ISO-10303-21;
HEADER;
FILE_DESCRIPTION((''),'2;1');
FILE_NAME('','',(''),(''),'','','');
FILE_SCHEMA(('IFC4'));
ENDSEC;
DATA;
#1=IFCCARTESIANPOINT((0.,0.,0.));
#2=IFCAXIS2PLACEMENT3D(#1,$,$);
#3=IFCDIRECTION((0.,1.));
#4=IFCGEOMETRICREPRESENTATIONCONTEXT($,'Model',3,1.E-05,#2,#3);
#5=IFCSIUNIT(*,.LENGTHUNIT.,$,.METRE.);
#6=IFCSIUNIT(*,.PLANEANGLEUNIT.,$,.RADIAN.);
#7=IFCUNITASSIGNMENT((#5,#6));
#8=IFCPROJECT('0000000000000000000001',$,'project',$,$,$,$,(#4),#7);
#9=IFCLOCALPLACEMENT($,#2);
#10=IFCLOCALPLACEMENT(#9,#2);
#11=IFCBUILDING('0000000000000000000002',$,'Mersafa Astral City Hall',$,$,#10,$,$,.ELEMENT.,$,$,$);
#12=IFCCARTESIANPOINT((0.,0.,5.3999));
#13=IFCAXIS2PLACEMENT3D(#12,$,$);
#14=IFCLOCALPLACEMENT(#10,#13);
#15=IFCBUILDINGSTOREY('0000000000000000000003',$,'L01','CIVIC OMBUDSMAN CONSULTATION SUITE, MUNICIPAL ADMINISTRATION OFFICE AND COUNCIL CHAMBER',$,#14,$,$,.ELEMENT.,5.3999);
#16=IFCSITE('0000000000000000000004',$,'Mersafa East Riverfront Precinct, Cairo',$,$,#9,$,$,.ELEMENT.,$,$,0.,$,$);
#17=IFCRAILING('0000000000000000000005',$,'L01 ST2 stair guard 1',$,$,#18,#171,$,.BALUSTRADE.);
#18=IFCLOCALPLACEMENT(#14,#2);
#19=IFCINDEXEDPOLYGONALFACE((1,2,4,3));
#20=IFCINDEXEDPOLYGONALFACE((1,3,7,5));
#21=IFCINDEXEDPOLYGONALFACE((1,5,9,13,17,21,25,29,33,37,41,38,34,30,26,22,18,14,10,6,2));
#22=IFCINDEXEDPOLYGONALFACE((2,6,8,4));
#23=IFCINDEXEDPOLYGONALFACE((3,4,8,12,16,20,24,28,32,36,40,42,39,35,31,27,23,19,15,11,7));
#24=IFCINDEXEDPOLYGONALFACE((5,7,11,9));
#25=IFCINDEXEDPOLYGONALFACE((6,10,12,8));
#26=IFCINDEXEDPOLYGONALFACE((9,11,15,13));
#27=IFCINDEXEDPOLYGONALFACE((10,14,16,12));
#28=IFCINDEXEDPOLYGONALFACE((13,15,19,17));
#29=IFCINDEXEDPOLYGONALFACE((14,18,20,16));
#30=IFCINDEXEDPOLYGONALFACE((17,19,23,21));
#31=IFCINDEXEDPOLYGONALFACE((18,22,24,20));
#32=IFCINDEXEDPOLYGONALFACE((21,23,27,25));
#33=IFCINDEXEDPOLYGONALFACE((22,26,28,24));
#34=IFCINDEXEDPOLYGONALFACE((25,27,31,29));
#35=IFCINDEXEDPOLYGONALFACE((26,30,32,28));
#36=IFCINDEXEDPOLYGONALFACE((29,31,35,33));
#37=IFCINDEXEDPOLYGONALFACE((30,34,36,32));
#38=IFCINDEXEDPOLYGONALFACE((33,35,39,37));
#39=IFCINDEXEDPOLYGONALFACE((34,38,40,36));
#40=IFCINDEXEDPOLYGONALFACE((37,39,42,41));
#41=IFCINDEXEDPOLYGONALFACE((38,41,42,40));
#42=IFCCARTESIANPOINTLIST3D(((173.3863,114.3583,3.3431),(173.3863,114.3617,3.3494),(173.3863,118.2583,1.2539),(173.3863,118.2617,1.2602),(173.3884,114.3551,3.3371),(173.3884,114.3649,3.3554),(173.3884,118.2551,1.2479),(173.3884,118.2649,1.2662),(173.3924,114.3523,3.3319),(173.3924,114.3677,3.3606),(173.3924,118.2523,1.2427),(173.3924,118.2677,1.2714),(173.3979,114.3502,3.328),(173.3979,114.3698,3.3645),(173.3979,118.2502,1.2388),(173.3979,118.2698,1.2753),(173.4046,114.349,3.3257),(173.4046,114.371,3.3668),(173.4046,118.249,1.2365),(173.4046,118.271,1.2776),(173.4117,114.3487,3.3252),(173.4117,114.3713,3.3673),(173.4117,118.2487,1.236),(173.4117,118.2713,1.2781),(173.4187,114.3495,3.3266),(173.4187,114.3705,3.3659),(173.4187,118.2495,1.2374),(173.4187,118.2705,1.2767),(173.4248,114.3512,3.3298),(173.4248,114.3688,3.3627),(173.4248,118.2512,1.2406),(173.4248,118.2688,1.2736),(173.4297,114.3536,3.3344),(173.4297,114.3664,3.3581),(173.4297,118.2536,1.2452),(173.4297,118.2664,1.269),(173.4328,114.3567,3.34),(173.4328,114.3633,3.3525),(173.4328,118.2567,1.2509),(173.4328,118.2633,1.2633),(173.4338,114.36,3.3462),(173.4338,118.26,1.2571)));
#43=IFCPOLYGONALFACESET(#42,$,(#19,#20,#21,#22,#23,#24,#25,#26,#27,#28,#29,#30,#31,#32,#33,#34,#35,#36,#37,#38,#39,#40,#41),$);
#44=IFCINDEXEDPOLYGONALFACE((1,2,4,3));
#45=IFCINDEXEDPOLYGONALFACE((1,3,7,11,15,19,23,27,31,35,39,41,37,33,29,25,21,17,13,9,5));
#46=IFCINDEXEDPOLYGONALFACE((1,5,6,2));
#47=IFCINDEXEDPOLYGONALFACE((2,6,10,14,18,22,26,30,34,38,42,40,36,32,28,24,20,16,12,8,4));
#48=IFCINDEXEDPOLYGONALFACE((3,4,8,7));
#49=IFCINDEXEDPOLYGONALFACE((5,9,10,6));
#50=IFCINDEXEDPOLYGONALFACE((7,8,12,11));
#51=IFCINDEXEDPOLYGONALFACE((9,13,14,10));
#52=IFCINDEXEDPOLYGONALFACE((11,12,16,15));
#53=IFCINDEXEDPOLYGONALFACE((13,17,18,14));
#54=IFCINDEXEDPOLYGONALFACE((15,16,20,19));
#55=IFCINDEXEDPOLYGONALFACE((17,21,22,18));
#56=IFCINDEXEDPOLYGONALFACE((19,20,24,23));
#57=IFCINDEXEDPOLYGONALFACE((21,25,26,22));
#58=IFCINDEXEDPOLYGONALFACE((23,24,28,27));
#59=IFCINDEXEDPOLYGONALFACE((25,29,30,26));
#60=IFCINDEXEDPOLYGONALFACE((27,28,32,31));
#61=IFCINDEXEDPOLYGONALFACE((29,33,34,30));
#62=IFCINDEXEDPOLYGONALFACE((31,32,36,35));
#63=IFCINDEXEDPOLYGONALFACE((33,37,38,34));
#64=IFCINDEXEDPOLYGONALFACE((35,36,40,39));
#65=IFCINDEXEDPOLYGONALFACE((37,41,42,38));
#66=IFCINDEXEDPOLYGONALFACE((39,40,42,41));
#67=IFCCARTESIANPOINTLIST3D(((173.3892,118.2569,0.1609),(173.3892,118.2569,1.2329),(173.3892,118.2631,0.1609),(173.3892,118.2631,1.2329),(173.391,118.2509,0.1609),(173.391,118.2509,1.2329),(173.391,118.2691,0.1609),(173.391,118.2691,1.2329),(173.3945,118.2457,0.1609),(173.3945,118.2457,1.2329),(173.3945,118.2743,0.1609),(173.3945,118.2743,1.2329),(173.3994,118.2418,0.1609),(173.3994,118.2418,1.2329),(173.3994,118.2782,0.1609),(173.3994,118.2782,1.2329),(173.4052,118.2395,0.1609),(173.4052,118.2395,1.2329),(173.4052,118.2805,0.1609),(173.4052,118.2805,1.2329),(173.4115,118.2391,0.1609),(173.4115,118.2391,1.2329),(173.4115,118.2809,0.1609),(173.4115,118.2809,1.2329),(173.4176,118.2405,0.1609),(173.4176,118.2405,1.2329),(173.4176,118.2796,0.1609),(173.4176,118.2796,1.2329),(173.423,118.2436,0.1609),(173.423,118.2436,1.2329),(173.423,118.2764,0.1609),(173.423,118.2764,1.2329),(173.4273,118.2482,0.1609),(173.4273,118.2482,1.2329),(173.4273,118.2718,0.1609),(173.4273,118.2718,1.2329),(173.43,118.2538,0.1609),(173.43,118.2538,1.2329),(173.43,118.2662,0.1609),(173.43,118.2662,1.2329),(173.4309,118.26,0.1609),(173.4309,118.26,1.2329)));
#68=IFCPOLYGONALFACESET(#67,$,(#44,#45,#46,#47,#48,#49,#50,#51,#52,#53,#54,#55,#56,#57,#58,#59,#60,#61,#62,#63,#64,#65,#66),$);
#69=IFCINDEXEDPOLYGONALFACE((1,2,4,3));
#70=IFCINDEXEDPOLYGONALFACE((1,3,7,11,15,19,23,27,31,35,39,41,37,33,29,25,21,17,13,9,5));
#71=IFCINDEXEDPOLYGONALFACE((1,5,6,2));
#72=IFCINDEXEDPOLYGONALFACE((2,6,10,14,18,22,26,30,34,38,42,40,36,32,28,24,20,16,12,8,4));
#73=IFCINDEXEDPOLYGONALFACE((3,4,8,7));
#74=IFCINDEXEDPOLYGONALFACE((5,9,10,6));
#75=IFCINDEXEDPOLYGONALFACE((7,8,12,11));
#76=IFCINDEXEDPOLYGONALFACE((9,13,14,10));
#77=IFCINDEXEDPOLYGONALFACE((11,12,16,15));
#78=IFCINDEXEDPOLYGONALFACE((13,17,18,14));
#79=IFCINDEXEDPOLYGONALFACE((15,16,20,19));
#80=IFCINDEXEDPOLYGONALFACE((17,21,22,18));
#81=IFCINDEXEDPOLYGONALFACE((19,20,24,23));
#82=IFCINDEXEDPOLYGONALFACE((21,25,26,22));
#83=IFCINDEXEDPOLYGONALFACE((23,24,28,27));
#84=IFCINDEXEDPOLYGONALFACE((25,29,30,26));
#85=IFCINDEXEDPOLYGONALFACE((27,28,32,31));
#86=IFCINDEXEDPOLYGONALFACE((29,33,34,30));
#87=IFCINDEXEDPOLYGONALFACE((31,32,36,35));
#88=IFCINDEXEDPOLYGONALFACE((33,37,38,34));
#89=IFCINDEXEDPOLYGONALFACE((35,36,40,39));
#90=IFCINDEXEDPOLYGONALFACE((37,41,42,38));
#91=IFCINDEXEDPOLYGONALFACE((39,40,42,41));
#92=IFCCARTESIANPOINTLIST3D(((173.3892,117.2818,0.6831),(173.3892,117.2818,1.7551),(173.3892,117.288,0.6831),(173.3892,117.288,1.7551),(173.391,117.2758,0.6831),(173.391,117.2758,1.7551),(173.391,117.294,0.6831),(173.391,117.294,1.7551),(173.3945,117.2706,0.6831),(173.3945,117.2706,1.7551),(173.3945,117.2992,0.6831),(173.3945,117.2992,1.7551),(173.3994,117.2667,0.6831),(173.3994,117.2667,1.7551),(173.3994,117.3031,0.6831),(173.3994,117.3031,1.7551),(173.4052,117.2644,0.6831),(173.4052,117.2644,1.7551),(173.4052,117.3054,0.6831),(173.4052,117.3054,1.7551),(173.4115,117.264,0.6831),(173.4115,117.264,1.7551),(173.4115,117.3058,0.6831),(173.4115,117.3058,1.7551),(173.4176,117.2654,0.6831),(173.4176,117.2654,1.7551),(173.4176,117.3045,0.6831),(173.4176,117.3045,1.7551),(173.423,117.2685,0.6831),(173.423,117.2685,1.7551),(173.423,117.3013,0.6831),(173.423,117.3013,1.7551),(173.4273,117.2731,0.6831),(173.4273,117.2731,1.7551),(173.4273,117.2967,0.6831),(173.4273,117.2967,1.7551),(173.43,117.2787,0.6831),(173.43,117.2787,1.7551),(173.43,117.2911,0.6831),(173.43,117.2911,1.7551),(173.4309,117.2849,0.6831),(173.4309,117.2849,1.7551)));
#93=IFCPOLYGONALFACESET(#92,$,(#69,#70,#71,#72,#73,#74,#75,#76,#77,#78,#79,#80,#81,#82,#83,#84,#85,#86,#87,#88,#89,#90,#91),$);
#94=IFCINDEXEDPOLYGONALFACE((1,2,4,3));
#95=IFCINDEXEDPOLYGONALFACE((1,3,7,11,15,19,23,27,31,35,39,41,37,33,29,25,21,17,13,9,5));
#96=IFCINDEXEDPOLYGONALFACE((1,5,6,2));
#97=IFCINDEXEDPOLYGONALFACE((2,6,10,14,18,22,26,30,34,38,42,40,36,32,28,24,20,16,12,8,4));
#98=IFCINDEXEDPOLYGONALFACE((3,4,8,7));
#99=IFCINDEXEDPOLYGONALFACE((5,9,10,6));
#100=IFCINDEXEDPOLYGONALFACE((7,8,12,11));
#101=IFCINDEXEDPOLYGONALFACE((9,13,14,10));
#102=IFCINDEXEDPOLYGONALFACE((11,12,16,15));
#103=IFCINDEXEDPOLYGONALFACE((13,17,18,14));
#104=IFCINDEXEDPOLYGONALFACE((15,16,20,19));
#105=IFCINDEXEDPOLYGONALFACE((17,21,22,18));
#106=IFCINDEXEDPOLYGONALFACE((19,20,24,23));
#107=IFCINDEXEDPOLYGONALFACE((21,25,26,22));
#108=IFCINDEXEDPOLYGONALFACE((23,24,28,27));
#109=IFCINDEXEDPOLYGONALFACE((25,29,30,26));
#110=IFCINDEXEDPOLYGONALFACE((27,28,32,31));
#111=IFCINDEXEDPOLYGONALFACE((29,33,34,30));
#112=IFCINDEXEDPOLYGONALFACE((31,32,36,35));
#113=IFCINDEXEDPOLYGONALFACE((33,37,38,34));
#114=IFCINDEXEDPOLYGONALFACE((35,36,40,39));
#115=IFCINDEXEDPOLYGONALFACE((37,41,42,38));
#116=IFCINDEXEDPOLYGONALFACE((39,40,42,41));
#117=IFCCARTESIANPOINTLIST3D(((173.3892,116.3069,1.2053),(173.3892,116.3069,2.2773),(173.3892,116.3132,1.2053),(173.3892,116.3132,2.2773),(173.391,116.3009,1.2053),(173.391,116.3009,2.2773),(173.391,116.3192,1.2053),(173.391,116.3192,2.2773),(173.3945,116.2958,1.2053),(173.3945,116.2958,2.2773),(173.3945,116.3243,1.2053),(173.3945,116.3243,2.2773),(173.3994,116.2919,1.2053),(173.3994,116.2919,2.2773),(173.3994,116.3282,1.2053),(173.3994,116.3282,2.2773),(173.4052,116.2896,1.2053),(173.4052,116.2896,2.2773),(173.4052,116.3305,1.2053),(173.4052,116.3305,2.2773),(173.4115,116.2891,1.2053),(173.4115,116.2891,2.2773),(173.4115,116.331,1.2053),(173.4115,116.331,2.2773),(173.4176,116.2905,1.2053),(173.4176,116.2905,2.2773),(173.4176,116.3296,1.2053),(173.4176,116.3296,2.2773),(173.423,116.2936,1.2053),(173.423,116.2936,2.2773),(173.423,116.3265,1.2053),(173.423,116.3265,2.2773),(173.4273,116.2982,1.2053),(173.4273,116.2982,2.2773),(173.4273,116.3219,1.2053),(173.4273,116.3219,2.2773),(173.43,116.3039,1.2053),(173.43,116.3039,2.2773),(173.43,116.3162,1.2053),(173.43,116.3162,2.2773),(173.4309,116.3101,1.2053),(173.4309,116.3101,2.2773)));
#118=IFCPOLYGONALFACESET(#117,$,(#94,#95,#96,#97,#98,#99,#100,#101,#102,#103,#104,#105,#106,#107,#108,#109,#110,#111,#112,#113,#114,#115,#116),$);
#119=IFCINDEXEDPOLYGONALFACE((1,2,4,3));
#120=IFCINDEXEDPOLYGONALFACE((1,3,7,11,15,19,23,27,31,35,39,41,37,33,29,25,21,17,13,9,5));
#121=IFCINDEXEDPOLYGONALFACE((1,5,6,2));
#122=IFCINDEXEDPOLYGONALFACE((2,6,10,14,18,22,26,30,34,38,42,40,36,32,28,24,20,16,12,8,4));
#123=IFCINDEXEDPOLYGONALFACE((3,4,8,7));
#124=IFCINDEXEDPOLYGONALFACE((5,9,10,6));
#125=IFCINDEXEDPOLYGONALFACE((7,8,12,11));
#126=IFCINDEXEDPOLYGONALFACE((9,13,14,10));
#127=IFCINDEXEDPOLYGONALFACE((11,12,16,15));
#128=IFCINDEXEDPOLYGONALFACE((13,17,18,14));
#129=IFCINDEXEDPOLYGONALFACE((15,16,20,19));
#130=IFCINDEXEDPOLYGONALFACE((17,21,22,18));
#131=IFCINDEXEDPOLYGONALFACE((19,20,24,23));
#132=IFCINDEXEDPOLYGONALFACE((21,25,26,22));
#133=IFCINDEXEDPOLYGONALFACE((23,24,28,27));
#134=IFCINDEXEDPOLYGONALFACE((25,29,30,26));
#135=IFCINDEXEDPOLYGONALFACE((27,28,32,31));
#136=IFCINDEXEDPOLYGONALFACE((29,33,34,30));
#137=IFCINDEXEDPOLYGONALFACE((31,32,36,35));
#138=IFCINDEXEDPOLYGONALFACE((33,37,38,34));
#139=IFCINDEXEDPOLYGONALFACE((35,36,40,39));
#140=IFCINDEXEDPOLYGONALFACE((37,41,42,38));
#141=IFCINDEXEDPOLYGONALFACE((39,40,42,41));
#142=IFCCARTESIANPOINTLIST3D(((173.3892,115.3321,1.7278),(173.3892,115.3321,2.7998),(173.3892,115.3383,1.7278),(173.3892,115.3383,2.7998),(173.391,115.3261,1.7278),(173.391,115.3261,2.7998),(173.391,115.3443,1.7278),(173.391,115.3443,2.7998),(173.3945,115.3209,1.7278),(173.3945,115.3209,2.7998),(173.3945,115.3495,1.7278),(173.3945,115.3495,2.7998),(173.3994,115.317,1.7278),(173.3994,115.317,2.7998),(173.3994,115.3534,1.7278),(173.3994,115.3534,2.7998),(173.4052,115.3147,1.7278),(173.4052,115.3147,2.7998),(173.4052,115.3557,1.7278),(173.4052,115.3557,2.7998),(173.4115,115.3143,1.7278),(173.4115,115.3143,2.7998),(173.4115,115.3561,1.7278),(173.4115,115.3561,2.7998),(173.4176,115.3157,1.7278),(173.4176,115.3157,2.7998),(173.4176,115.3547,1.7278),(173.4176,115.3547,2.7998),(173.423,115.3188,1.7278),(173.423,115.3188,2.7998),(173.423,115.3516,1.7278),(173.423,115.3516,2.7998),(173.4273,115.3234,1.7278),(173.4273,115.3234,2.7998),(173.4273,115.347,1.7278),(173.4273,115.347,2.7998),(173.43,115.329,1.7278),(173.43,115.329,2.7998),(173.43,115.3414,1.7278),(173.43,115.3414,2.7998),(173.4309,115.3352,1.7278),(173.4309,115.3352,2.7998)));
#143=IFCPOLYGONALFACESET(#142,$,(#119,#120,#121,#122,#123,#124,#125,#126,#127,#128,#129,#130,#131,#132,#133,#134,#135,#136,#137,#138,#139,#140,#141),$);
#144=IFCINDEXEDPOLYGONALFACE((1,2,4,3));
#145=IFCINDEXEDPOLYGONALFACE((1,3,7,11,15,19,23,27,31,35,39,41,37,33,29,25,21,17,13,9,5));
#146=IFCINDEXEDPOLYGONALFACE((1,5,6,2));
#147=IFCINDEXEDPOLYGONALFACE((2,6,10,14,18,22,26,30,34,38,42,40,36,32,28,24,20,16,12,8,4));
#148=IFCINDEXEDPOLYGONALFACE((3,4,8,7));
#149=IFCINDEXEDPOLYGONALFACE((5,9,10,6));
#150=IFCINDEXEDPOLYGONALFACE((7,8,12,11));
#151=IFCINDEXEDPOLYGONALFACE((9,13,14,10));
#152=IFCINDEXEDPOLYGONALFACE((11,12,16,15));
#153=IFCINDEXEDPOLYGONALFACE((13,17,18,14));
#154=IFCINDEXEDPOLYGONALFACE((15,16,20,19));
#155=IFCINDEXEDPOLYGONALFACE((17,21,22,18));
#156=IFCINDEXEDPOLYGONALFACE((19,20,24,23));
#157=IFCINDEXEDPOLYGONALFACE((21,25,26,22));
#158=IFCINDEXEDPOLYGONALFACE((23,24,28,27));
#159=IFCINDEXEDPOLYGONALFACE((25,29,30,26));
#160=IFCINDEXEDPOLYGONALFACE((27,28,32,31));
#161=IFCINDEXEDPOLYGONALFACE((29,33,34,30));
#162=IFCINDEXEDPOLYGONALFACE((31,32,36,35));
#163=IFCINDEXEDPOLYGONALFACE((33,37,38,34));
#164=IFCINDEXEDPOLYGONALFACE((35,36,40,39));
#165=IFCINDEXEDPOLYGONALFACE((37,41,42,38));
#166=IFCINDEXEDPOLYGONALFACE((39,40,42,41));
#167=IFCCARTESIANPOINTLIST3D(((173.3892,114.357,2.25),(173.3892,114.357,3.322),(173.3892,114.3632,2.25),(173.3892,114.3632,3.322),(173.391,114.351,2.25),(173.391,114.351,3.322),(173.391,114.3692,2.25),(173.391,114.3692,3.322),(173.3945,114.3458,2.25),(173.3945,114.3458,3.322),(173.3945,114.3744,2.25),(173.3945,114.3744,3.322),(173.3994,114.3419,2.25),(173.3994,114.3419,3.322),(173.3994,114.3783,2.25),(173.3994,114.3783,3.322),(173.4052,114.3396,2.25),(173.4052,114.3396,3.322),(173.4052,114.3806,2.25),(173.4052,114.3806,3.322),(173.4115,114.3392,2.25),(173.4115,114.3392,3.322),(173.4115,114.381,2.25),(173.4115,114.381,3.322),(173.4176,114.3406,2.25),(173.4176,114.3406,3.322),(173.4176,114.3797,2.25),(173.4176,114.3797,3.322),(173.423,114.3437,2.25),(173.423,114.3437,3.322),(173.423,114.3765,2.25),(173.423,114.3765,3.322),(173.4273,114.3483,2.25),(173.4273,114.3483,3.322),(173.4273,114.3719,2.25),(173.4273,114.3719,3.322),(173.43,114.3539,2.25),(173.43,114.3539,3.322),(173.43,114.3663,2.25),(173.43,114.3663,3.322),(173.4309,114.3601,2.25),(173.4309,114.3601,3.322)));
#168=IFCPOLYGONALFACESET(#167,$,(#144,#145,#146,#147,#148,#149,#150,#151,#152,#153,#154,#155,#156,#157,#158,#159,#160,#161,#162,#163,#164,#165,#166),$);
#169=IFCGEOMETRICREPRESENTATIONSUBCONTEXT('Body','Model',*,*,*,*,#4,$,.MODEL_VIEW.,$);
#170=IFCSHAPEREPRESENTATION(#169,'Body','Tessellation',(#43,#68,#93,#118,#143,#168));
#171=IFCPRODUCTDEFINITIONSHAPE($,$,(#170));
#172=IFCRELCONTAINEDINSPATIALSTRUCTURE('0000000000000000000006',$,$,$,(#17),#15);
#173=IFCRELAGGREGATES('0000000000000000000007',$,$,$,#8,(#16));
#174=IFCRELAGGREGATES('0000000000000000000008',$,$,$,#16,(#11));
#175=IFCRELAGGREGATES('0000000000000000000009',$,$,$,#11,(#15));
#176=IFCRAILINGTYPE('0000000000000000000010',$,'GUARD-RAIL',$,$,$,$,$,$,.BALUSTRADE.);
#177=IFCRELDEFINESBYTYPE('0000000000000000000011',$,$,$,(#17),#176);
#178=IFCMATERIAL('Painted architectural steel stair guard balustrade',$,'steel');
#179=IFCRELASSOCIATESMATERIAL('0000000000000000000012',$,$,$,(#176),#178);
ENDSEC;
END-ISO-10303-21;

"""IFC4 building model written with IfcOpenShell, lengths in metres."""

from ifc_helpers import new_model, si_unit, direction, frame, origin, origin_2d, place, context, subcontext, project, spatial, circle, extrude, material, type_object, element, save


model = new_model("IFC4")

# Units and contexts
model_context = context("Model", 3, precision=1e-05, world=origin(), true_north=direction((0.0, 1.0)))
body_context = subcontext(model_context, "Body", "Model", "MODEL_VIEW")
ifc_project = project(units=[si_unit("LENGTHUNIT", "METRE"), si_unit("PLANEANGLEUNIT", "RADIAN")], contexts=[model_context])

# Site, building, storey
site_placement = place(None, origin())
site = spatial("IfcSite", under=ifc_project, at=site_placement, Name="Mersafa East Riverfront Precinct, Cairo", CompositionType="ELEMENT", RefElevation=0.0)
building_placement = place(site_placement, origin())
building = spatial("IfcBuilding", under=site, at=building_placement, Name="Mersafa Astral City Hall", CompositionType="ELEMENT")
storey_placement = place(building_placement, frame((0.0, 0.0, 5.3999)))
storey = spatial("IfcBuildingStorey", under=building, at=storey_placement, Name="L01", Description="CIVIC OMBUDSMAN CONSULTATION SUITE, MUNICIPAL ADMINISTRATION OFFICE AND COUNCIL CHAMBER", CompositionType="ELEMENT", Elevation=5.3999)

# Railing
ifc_material_1 = material(Name="Painted architectural steel stair guard balustrade", Category="steel")
railing_type_1 = type_object("IfcRailingType", Name="GUARD-RAIL", PredefinedType="BALUSTRADE", material=ifc_material_1)
railing_1_placement = place(storey_placement, frame((173.4099, 118.26, 0.1609)))
element("IfcRailing", 1, at=railing_1_placement, inside=storey, type_object=railing_type_1, Name="L01 ST2 stair guard 1", PredefinedType="BALUSTRADE", context=body_context, shape_type="SweptSolid", body=[
    extrude(circle(Radius=0.0239, at=origin_2d()), frame((0.0, 0.0, 1.0962), z_axis=(0.0, -0.881491, 0.4722), x_axis=(1.0, 0.0, 0.0)), (0.0, 0.0, 1.0), 4.4243),
    extrude(circle(Radius=0.021, at=origin_2d()), origin(), (0.0, 0.0, 1.0), 1.072),
    extrude(circle(Radius=0.021, at=origin_2d()), frame((0.0, -0.9751, 0.5222)), (0.0, 0.0, 1.0), 1.072),
    extrude(circle(Radius=0.021, at=origin_2d()), frame((0.0, -1.95, 1.0444)), (0.0, 0.0, 1.0), 1.072),
    extrude(circle(Radius=0.021, at=origin_2d()), frame((0.0, -2.9248, 1.5669)), (0.0, 0.0, 1.0), 1.072),
    extrude(circle(Radius=0.021, at=origin_2d()), frame((0.0, -3.8999, 2.0891)), (0.0, 0.0, 1.0), 1.072),
])

save(model, "model.ifc")
